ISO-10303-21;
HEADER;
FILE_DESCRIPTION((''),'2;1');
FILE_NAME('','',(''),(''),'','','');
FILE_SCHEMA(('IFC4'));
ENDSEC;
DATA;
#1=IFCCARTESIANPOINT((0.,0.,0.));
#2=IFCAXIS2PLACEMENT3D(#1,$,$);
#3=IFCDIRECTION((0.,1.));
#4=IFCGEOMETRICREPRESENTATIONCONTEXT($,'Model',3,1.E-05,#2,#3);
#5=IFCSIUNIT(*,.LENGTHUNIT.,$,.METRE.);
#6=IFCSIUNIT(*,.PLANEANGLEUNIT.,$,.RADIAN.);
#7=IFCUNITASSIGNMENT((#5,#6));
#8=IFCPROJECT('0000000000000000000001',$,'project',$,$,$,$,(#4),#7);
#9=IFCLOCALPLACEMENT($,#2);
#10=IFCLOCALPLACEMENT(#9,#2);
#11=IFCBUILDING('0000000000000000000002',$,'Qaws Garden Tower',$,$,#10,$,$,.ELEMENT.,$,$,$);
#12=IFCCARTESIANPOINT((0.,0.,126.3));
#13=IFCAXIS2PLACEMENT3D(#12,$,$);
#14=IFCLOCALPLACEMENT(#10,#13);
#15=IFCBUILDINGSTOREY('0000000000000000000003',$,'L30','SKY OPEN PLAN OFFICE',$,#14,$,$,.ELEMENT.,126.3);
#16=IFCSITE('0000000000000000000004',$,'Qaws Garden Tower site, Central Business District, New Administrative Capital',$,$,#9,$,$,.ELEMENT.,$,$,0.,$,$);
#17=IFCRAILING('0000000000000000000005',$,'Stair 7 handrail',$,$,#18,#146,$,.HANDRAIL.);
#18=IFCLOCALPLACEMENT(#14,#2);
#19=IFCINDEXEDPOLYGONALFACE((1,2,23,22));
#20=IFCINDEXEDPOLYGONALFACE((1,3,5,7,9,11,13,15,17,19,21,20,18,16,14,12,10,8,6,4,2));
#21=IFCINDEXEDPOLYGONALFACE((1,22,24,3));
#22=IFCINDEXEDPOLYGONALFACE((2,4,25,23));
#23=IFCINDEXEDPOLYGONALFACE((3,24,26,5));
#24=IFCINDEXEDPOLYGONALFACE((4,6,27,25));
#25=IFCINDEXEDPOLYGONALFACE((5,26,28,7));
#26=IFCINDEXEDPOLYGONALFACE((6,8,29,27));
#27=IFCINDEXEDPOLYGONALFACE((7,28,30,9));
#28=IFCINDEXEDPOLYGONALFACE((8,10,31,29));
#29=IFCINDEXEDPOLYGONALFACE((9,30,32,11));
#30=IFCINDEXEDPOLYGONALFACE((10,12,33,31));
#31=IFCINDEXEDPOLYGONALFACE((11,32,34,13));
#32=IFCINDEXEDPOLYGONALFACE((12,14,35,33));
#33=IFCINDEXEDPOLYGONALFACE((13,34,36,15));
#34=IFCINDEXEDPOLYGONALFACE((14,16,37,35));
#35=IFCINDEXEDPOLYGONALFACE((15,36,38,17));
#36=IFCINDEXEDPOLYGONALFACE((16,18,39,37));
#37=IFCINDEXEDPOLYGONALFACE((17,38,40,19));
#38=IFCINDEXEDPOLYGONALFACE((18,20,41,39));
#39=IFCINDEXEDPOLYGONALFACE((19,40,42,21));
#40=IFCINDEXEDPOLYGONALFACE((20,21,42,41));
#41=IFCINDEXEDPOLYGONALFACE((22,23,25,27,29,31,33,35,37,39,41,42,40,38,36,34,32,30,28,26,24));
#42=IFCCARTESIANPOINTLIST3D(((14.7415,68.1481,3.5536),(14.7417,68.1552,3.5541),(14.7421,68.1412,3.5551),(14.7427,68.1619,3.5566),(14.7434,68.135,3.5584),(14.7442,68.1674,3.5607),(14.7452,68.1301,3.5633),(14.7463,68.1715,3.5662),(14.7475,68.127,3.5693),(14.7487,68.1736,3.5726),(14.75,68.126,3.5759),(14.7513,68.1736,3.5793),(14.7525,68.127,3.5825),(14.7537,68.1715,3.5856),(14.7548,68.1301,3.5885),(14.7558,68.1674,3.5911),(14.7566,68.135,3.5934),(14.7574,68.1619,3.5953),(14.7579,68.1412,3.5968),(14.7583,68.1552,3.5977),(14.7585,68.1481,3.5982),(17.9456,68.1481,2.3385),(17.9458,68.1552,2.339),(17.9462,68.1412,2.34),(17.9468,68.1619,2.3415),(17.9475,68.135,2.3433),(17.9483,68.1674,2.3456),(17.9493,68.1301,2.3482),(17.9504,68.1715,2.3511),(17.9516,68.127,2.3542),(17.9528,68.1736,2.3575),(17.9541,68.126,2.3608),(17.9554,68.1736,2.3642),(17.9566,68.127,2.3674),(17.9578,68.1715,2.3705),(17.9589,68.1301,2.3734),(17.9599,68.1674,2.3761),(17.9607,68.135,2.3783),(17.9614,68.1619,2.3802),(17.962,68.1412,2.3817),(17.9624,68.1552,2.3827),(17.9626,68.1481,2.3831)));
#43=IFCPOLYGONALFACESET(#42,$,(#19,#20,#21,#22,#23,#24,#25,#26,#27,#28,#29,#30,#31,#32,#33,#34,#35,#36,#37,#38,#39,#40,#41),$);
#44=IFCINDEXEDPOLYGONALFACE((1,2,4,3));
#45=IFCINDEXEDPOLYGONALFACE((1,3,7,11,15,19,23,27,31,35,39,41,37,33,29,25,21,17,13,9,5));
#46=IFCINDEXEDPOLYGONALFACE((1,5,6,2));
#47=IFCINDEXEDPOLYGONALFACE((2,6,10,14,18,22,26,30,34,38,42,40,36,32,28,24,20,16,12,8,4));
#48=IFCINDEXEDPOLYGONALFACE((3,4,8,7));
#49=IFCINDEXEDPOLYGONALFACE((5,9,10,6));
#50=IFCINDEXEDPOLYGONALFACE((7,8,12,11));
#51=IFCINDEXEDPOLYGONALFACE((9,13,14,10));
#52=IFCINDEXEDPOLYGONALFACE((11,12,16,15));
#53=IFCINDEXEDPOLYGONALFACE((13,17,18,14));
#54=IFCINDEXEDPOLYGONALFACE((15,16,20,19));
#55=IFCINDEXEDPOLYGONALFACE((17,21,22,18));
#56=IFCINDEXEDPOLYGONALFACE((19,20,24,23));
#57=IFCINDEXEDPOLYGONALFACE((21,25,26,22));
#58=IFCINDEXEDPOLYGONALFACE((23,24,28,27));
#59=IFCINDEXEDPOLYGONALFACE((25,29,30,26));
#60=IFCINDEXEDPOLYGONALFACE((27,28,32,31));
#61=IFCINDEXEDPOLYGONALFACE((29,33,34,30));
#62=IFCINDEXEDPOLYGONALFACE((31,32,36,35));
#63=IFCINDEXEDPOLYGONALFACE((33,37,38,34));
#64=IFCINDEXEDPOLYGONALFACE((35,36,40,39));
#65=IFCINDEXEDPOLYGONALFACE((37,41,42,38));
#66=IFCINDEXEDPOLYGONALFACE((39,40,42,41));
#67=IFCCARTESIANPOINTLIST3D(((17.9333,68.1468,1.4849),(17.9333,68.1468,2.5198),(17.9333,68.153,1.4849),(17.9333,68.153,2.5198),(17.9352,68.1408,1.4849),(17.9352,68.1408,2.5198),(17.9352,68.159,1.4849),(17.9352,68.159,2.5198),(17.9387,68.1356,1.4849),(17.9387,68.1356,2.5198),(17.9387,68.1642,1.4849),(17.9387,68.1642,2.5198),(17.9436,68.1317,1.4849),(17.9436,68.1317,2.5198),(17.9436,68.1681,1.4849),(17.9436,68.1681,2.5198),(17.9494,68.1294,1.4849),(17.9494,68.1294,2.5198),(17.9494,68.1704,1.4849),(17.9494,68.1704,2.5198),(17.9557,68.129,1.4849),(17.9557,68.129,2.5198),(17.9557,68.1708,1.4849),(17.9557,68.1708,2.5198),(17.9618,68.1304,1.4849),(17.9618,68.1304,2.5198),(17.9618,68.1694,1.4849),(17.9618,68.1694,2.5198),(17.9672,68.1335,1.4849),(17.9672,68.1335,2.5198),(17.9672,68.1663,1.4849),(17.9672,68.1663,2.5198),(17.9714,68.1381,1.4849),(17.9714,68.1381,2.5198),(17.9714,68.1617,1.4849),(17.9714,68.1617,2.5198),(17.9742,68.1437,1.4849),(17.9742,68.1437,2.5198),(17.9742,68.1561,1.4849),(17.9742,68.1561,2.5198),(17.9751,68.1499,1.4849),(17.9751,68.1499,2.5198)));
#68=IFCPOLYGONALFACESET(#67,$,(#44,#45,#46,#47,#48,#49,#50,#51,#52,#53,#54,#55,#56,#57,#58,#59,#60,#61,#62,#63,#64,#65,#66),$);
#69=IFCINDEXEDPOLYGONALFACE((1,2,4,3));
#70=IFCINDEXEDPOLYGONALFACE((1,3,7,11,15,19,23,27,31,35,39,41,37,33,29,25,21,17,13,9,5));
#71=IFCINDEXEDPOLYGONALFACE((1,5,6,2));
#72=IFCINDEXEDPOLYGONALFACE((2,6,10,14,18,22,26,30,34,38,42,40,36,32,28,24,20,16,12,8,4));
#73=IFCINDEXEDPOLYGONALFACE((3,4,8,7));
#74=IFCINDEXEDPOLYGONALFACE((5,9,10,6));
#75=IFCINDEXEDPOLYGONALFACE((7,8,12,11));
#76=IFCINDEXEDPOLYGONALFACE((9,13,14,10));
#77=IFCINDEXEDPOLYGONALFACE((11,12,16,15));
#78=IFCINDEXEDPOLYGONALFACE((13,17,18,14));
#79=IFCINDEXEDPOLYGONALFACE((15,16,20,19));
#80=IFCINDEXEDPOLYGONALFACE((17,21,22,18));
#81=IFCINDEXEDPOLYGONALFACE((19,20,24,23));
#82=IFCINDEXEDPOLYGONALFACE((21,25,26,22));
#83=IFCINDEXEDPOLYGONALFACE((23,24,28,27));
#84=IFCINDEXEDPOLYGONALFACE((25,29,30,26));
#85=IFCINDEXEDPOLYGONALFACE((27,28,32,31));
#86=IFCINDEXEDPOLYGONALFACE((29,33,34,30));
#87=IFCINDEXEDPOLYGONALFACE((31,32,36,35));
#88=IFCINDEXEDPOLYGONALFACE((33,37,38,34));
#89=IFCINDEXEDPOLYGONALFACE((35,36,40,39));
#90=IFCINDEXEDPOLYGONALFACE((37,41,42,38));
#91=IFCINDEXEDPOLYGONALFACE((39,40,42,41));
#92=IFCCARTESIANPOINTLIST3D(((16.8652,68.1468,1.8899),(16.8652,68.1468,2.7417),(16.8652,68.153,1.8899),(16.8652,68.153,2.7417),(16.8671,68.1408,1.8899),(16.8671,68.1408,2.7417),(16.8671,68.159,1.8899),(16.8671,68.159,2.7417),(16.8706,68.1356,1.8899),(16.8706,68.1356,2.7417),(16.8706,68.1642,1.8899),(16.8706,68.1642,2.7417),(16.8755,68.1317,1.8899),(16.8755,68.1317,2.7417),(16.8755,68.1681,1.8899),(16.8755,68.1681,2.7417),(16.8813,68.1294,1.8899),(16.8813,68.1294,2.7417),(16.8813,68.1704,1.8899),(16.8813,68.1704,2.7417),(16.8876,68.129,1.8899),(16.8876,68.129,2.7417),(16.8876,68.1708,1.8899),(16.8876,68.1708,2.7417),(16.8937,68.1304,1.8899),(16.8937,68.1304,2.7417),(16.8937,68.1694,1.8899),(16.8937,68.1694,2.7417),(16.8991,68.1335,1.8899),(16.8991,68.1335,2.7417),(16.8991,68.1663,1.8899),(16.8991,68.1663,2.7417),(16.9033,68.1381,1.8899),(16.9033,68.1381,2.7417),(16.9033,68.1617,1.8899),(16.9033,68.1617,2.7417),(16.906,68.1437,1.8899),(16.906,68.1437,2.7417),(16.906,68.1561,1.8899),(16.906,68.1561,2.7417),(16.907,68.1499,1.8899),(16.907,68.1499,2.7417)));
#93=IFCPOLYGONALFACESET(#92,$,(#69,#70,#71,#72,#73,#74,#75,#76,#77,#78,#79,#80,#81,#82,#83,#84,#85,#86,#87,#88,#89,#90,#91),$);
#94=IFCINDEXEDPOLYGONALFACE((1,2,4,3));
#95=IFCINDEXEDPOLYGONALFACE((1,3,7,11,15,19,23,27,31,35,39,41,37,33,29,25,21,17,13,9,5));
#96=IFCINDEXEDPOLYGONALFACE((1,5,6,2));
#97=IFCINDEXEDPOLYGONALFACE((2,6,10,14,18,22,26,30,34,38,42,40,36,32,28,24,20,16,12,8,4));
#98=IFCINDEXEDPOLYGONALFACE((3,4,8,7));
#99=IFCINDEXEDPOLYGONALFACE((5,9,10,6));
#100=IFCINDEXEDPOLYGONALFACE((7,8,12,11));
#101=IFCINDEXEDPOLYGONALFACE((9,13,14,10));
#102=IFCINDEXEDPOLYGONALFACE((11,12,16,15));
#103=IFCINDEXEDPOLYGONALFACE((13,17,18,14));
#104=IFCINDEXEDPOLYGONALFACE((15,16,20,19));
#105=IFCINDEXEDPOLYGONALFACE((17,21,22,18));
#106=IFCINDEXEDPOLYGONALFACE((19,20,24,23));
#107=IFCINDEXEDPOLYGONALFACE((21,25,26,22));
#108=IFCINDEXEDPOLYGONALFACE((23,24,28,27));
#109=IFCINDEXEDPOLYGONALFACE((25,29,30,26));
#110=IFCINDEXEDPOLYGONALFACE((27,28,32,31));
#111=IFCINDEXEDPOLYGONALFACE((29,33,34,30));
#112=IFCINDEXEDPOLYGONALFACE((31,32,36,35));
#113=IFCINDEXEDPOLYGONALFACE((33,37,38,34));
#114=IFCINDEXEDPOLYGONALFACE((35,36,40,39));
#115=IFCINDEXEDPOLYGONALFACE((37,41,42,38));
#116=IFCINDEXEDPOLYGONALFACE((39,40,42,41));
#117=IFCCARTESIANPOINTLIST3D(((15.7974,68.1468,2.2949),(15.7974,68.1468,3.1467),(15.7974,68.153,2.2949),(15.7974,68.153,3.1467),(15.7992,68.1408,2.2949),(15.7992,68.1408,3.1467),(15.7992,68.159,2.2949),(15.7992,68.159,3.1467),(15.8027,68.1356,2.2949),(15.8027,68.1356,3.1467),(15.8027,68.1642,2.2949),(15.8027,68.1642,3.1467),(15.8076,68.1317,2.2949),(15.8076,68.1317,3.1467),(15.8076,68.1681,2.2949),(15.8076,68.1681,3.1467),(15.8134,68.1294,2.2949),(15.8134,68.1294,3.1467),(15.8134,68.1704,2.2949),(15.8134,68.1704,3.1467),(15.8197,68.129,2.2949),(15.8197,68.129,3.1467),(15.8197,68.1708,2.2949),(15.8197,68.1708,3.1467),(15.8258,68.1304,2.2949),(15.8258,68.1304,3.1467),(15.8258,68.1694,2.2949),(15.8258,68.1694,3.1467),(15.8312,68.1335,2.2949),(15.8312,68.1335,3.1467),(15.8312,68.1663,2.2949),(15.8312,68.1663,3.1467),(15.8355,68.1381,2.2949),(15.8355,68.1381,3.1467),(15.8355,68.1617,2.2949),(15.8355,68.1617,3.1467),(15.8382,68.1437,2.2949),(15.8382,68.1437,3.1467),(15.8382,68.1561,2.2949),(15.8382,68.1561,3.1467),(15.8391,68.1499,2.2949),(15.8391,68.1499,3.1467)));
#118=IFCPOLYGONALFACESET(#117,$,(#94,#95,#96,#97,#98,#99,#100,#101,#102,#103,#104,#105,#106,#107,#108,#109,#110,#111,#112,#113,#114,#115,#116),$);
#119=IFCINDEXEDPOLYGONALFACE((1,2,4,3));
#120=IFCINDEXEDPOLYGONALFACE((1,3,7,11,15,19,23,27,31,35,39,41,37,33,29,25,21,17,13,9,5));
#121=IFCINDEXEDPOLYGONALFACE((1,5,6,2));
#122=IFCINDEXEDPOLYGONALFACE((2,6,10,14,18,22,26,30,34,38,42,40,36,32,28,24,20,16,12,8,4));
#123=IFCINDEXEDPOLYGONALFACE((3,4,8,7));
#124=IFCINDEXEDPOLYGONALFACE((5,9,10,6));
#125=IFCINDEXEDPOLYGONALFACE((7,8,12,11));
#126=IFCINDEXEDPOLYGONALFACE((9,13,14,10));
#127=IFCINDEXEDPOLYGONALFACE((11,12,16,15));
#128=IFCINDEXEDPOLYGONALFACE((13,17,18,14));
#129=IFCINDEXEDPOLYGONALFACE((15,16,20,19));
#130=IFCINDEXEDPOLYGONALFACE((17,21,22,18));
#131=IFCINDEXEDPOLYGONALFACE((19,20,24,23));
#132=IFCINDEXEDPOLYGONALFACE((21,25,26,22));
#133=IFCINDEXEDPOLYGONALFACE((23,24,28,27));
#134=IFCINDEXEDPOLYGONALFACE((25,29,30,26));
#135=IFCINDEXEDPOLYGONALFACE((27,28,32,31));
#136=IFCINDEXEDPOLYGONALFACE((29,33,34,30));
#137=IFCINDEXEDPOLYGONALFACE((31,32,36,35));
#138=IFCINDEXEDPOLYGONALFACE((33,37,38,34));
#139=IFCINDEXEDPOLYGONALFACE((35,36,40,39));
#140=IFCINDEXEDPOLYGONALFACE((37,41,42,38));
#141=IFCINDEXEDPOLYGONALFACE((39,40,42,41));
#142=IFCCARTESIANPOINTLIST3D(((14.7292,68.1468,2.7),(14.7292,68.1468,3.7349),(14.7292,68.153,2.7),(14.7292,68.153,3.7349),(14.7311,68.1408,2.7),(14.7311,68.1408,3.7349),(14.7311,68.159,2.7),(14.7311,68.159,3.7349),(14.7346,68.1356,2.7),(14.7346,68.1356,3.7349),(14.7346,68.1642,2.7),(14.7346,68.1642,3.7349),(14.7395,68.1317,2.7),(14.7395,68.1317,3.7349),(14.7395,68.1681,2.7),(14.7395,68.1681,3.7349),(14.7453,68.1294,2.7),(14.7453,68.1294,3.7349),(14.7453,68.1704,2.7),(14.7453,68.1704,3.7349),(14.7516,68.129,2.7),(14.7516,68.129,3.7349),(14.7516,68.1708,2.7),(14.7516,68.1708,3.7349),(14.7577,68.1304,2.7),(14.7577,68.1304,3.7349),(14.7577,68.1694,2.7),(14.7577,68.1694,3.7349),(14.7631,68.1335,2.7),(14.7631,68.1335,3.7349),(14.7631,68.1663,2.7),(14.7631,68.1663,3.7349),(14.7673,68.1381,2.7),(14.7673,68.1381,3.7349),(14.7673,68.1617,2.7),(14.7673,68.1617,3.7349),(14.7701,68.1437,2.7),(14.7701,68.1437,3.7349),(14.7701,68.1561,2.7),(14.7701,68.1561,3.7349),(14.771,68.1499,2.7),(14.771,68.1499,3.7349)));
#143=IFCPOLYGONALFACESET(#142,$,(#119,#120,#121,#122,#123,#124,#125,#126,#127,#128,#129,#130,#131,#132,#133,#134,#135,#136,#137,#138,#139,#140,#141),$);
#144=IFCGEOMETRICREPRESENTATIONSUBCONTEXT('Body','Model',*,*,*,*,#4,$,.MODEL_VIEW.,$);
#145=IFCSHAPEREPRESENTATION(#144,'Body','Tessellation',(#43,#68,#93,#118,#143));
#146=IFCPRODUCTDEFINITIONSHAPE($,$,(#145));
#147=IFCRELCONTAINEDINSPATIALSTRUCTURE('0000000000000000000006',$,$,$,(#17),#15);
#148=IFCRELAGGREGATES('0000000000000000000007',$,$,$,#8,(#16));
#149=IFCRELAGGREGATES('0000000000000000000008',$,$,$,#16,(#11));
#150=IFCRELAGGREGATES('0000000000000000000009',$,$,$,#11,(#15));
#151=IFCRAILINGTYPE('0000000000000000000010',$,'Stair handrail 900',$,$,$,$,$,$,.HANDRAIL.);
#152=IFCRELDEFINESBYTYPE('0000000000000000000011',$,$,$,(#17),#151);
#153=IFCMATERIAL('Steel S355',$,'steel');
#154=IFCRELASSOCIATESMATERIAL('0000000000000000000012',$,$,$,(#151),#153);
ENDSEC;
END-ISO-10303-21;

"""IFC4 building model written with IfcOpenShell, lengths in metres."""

from ifc_helpers import new_model, si_unit, direction, frame, origin, origin_2d, place, context, subcontext, project, spatial, circle, extrude, material, type_object, element, save


model = new_model("IFC4")

# Units and contexts
model_context = context("Model", 3, precision=1e-05, world=origin(), true_north=direction((0.0, 1.0)))
body_context = subcontext(model_context, "Body", "Model", "MODEL_VIEW")
ifc_project = project(units=[si_unit("LENGTHUNIT", "METRE"), si_unit("PLANEANGLEUNIT", "RADIAN")], contexts=[model_context])

# Site, building, storey
site_placement = place(None, origin())
site = spatial("IfcSite", under=ifc_project, at=site_placement, Name="Qaws Garden Tower site, Central Business District, New Administrative Capital", CompositionType="ELEMENT", RefElevation=0.0)
building_placement = place(site_placement, origin())
building = spatial("IfcBuilding", under=site, at=building_placement, Name="Qaws Garden Tower", CompositionType="ELEMENT")
storey_placement = place(building_placement, frame((0.0, 0.0, 126.3)))
storey = spatial("IfcBuildingStorey", under=building, at=storey_placement, Name="L30", Description="SKY OPEN PLAN OFFICE", CompositionType="ELEMENT", Elevation=126.3)

# Railing
ifc_material_1 = material(Name="Steel S355", Category="steel")
railing_type = type_object("IfcRailingType", Name="Stair handrail 900", PredefinedType="HANDRAIL", material=ifc_material_1)
railing_1_placement = place(storey_placement, frame((17.9541, 68.1499, 1.4849)))
element("IfcRailing", 1, at=railing_1_placement, inside=storey, type_object=railing_type, Name="Stair 7 handrail", PredefinedType="HANDRAIL", context=body_context, shape_type="SweptSolid", body=[
    extrude(circle(Radius=0.0239, at=origin_2d()), frame((0.0, 0.0, 0.876), z_axis=(-0.935023, 0.0, 0.354588), x_axis=(0.0, -1.0, 0.0)), (0.0, 0.0, 1.0), 3.4268),
    extrude(circle(Radius=0.021, at=origin_2d()), origin(), (0.0, 0.0, 1.0), 1.0349),
    extrude(circle(Radius=0.021, at=origin_2d()), frame((-1.0681, 0.0, 0.405)), (0.0, 0.0, 1.0), 0.8518),
    extrude(circle(Radius=0.021, at=origin_2d()), frame((-2.136, 0.0, 0.8101)), (0.0, 0.0, 1.0), 0.8518),
    extrude(circle(Radius=0.021, at=origin_2d()), frame((-3.2041, 0.0, 1.2151)), (0.0, 0.0, 1.0), 1.0349),
])

save(model, "model.ifc")
